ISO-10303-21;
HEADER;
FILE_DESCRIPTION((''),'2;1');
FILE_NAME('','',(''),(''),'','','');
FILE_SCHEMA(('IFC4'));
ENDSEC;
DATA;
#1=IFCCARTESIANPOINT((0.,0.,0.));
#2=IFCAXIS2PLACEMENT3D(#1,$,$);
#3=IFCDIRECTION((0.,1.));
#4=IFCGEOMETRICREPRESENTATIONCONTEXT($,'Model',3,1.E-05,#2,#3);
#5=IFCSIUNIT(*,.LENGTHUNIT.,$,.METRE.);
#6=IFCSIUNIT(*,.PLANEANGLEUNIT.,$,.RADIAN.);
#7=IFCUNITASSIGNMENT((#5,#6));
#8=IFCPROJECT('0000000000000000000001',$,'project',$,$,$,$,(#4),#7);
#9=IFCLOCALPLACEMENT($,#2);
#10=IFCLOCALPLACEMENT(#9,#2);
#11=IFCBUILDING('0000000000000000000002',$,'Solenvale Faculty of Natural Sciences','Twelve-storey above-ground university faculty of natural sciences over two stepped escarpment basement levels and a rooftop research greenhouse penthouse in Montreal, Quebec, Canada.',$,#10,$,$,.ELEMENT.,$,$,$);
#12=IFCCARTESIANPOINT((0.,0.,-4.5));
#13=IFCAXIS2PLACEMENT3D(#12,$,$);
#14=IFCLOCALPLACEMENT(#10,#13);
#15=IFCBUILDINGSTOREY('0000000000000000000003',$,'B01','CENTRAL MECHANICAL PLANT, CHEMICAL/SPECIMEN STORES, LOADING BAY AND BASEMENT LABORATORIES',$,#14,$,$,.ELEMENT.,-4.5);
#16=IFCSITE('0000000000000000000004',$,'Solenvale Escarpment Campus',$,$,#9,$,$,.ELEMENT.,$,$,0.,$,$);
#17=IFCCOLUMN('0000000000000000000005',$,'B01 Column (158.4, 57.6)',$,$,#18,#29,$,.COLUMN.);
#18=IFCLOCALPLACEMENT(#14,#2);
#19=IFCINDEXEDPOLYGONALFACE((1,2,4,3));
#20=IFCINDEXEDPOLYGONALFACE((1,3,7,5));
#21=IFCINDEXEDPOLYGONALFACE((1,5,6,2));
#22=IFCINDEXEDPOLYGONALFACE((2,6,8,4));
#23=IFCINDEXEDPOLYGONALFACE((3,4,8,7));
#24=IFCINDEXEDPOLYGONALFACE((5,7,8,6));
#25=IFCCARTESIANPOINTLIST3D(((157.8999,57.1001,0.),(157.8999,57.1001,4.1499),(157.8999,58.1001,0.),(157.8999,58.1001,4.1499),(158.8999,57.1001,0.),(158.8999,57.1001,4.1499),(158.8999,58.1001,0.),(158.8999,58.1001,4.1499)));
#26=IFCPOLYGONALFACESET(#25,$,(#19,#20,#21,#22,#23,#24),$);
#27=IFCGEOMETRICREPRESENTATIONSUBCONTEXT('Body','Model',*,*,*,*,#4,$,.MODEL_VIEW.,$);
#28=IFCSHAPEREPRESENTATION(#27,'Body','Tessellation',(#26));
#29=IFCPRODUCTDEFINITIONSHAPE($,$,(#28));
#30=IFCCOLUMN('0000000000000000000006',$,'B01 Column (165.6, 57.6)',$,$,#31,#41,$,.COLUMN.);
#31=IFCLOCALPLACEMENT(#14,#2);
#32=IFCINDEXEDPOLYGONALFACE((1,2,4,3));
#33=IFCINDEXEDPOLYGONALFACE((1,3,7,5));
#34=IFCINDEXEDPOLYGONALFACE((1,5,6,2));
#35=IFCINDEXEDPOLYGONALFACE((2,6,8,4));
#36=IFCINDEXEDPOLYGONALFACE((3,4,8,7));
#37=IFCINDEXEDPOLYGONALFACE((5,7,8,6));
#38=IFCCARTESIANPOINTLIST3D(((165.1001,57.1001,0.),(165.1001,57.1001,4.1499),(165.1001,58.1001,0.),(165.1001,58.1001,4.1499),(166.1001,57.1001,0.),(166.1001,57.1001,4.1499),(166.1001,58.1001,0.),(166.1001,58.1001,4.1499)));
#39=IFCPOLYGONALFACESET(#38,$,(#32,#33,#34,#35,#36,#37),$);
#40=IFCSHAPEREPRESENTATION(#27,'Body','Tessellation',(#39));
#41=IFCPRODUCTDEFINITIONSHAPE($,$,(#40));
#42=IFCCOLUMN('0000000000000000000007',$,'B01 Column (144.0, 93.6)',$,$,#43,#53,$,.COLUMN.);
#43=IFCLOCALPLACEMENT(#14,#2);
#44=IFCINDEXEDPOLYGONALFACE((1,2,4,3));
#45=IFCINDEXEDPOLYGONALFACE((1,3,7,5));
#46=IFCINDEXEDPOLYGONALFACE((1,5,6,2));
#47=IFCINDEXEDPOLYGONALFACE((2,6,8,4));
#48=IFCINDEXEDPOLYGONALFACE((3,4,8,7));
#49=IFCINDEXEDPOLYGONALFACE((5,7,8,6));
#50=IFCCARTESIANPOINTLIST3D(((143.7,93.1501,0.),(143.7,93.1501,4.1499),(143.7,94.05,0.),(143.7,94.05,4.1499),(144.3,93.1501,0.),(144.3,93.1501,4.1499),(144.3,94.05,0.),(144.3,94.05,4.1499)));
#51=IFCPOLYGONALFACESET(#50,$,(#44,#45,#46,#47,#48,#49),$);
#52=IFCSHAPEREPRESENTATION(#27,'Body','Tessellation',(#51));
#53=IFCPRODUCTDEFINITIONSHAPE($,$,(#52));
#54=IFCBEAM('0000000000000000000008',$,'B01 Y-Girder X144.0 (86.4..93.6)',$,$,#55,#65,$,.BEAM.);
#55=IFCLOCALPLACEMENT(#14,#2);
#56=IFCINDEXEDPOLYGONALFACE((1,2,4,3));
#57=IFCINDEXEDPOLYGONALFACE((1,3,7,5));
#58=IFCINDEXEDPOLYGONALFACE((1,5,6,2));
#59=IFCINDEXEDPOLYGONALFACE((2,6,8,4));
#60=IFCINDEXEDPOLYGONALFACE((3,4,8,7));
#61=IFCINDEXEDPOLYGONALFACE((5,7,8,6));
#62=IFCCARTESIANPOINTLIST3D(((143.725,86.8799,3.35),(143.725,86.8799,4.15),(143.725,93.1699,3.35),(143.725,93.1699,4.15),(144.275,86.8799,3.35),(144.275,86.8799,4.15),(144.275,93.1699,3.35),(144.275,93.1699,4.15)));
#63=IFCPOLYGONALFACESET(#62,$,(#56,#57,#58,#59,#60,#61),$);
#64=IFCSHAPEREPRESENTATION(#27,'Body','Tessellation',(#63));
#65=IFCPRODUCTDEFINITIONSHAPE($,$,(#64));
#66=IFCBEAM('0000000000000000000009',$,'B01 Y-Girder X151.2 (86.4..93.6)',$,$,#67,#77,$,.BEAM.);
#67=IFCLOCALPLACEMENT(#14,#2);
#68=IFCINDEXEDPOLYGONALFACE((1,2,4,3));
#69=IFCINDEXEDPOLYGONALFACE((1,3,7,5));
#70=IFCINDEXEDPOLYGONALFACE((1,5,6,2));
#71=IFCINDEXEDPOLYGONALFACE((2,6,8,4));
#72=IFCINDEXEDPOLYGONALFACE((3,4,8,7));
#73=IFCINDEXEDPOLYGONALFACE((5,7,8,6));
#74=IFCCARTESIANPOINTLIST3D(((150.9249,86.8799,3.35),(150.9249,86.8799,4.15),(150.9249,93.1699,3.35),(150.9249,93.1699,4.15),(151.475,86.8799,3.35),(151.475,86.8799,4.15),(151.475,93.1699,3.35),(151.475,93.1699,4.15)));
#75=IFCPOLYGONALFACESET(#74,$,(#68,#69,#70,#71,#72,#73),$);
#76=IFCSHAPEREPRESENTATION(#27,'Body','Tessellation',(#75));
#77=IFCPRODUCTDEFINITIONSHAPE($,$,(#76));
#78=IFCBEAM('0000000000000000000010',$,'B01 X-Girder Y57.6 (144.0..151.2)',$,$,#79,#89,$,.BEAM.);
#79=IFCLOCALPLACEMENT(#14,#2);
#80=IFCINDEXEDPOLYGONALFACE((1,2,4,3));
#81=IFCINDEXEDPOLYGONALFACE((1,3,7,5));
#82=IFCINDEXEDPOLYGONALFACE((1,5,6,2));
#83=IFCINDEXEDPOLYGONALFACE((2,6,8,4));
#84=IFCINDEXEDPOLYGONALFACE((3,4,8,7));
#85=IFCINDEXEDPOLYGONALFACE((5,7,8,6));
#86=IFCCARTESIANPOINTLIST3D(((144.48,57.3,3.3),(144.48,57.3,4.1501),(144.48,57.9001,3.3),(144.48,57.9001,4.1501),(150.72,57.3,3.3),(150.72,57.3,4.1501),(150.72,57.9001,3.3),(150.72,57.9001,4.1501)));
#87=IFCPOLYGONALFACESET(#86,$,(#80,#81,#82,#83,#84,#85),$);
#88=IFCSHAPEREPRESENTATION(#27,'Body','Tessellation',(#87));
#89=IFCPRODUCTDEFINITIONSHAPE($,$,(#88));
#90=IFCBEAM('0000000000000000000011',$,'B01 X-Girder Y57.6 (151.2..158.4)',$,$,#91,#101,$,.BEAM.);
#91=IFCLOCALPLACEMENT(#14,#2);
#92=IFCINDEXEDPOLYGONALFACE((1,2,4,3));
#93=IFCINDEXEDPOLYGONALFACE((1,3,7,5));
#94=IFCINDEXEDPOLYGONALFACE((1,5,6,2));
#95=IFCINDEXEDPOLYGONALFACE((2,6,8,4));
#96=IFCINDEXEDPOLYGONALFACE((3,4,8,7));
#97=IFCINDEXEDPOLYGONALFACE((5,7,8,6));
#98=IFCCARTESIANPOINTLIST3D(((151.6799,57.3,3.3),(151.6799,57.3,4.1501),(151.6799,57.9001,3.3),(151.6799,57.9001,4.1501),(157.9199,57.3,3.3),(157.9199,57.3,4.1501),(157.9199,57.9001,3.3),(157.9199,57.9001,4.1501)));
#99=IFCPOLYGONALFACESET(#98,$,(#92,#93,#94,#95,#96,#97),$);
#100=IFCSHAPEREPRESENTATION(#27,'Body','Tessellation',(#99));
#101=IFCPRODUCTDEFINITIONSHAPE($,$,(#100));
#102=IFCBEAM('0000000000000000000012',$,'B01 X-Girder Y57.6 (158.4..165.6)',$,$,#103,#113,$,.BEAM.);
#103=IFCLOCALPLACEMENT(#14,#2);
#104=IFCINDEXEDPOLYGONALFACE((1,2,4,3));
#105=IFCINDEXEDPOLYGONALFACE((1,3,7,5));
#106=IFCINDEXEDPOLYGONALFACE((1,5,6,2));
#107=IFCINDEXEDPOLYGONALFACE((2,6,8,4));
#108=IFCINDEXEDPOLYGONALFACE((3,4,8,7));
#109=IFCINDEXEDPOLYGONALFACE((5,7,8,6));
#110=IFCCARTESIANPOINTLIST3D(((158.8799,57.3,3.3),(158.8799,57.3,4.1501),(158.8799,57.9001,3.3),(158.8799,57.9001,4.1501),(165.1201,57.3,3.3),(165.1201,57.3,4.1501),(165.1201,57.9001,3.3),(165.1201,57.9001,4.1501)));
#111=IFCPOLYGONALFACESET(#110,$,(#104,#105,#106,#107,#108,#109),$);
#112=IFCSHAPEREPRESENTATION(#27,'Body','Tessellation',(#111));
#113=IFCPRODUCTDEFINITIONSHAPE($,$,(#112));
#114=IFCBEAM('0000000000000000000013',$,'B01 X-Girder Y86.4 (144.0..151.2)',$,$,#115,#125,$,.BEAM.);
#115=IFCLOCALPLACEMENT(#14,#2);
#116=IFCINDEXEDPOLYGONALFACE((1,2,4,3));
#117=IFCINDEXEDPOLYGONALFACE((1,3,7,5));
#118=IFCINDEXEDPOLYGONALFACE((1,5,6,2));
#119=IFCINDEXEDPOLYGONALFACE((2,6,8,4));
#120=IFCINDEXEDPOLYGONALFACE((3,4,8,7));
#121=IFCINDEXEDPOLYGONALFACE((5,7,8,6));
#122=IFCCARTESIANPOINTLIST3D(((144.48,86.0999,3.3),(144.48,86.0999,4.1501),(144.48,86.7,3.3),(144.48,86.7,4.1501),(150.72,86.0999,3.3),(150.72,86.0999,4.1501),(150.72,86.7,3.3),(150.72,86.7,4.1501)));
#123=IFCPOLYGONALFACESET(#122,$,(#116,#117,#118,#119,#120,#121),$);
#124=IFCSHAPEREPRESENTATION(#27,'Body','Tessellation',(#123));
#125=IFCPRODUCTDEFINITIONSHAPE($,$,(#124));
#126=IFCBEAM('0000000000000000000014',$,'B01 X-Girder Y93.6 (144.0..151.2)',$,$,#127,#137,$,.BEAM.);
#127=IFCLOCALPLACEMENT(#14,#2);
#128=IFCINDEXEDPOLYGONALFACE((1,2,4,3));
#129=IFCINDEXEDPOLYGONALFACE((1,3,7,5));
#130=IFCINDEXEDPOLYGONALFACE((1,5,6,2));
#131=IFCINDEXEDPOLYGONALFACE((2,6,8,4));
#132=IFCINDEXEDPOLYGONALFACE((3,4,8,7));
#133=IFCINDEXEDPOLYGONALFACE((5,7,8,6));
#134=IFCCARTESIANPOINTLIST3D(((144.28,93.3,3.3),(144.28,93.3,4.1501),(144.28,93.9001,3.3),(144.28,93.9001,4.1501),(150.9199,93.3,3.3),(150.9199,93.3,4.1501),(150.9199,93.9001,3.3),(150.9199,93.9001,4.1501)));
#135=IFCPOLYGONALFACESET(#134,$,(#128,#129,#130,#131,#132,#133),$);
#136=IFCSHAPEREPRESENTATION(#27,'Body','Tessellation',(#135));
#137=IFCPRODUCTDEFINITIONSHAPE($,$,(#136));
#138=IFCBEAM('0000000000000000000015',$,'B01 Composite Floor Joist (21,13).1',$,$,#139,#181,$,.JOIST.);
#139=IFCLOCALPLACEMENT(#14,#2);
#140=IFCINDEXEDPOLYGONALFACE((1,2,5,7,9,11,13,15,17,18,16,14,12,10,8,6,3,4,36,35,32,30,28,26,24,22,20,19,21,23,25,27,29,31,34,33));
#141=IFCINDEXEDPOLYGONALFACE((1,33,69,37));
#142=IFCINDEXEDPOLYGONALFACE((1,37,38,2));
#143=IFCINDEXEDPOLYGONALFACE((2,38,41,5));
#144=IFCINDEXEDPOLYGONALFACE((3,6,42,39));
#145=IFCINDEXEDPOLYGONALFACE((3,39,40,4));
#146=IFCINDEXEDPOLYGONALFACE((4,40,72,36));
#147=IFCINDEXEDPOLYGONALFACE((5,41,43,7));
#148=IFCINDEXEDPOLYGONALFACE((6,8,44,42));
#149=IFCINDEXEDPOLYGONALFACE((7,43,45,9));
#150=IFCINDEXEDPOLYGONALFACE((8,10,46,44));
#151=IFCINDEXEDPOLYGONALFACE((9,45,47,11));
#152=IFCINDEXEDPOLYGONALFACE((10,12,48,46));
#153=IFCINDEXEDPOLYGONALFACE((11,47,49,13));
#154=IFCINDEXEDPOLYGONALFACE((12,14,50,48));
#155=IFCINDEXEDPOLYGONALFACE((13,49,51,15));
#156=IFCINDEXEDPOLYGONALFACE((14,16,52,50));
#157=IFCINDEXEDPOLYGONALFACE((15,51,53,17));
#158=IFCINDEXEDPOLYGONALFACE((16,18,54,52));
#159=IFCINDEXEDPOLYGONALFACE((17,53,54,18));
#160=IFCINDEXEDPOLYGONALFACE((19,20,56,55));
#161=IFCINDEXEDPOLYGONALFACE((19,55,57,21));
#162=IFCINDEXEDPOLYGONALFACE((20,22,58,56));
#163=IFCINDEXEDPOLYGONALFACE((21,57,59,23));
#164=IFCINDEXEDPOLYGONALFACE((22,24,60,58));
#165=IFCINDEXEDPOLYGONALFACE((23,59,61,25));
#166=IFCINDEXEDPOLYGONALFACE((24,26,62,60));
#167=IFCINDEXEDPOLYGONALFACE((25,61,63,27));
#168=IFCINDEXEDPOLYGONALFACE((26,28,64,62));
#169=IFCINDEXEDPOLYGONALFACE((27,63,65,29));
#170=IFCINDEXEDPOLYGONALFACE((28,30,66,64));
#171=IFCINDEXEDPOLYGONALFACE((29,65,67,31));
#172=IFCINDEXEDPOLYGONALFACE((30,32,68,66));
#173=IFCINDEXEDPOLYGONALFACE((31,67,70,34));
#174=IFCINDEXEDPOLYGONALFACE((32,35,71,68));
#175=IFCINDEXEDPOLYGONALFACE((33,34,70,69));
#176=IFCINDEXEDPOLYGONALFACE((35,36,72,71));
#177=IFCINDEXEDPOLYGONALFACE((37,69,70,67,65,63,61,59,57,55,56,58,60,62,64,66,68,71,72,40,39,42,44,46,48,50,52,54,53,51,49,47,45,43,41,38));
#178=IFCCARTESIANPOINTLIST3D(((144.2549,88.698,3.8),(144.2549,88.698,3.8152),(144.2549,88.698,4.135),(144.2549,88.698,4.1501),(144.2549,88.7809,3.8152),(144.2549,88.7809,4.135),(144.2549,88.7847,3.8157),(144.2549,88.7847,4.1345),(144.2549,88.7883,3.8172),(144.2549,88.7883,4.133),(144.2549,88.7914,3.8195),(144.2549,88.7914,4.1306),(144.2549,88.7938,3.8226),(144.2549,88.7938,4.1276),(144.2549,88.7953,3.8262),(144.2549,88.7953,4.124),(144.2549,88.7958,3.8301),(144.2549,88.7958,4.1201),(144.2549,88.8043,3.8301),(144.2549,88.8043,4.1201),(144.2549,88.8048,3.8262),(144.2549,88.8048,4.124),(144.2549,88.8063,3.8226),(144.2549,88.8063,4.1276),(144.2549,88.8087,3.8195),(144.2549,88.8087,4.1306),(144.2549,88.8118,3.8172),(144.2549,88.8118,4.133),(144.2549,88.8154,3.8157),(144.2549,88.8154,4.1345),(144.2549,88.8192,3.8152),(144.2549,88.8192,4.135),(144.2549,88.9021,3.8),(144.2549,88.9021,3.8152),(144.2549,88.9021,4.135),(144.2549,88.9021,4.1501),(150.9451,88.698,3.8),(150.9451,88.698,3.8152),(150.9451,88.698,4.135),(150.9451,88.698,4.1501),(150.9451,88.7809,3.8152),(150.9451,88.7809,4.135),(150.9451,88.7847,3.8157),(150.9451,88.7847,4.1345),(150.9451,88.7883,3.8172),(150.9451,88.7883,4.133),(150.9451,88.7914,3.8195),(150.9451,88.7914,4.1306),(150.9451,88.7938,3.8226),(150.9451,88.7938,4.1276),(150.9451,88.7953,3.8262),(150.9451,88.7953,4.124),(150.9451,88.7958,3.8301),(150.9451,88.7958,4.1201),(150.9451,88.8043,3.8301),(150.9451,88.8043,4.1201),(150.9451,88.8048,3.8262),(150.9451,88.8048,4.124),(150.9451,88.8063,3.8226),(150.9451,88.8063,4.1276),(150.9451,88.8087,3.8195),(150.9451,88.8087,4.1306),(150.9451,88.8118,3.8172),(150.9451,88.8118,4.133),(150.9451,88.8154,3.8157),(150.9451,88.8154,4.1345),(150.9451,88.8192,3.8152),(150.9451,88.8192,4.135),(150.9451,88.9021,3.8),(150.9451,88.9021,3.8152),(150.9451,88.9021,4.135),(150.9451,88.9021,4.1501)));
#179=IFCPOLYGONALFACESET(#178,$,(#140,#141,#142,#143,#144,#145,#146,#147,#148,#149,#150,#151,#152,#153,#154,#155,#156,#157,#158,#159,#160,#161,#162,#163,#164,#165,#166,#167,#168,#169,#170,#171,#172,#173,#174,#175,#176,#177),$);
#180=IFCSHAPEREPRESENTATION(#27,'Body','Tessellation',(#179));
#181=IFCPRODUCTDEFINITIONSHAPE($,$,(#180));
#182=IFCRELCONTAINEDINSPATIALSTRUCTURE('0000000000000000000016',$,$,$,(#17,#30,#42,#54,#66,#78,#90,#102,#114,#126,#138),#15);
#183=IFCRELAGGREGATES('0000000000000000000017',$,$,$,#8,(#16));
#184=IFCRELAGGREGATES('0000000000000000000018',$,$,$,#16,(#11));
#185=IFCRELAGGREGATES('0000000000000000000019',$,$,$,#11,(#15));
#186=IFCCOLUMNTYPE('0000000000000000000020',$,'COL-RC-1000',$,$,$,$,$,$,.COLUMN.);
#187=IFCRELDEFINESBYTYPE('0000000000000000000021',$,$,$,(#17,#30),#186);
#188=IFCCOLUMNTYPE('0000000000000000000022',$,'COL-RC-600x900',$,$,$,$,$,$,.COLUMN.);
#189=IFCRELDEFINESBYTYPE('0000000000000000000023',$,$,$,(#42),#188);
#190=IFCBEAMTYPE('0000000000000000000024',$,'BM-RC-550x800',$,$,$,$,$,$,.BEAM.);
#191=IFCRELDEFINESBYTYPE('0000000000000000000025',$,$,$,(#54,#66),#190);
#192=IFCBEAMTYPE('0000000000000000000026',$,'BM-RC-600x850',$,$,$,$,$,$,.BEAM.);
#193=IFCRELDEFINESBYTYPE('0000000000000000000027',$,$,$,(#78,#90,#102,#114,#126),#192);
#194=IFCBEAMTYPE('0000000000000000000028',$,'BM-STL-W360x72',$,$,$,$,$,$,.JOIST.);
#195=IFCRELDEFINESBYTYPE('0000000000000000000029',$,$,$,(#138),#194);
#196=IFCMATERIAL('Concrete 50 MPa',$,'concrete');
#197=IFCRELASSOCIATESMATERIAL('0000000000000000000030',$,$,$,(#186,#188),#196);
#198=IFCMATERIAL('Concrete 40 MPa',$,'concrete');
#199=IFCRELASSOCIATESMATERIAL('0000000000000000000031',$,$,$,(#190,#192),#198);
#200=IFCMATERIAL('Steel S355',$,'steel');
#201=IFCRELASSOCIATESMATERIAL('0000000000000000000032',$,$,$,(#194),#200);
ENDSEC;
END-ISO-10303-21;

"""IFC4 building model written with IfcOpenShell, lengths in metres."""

from ifc_helpers import new_model, si_unit, direction, frame, origin, origin_2d, place, context, subcontext, project, spatial, rectangle, i_section, extrude, material, material_profile, profile_set, type_object, element, save


model = new_model("IFC4")

# Units and contexts
model_context = context("Model", 3, precision=1e-05, world=origin(), true_north=direction((0.0, 1.0)))
body_context = subcontext(model_context, "Body", "Model", "MODEL_VIEW")
ifc_project = project(units=[si_unit("LENGTHUNIT", "METRE"), si_unit("PLANEANGLEUNIT", "RADIAN")], contexts=[model_context])

# Site, building, storey
site_placement = place(None, origin())
site = spatial("IfcSite", under=ifc_project, at=site_placement, Name="Solenvale Escarpment Campus", CompositionType="ELEMENT", RefElevation=0.0)
building_placement = place(site_placement, origin())
building = spatial("IfcBuilding", under=site, at=building_placement, Name="Solenvale Faculty of Natural Sciences", Description="Twelve-storey above-ground university faculty of natural sciences over two stepped escarpment basement levels and a rooftop research greenhouse penthouse in Montreal, Quebec, Canada.", CompositionType="ELEMENT")
storey_placement = place(building_placement, frame((0.0, 0.0, -4.5)))
storey = spatial("IfcBuildingStorey", under=building, at=storey_placement, Name="B01", Description="CENTRAL MECHANICAL PLANT, CHEMICAL/SPECIMEN STORES, LOADING BAY AND BASEMENT LABORATORIES", CompositionType="ELEMENT", Elevation=-4.5)

# Shared definitions
ifc_material_1 = material(Name="Concrete 40 MPa", Category="concrete")

# Columns
ifc_material_2 = material(Name="Concrete 50 MPa", Category="concrete")
ifc_material_profile_1 = material_profile(ifc_material_2, rectangle(XDim=1.0, YDim=1.0, at=origin_2d()), Name="RC-COL-1000x1000")
ifc_profile_set_1 = profile_set([ifc_material_profile_1], Name="Concrete 50 MPa")
column_type_1 = type_object("IfcColumnType", Name="COL-RC-1000", PredefinedType="COLUMN", material=ifc_profile_set_1)
for number, where, z_axis, x_axis, name in (
    (1, (158.3999, 57.6001, 0.0), (0.0, 0.0, 1.0), (1.0, 0.0, 0.0), "B01 Column (158.4, 57.6)"),
    (2, (165.6001, 57.6001, 0.0), (0.0, 0.0, 1.0), (1.0, 0.0, 0.0), "B01 Column (165.6, 57.6)"),
):
    element("IfcColumn", number, at=place(storey_placement, frame(where, z_axis=z_axis, x_axis=x_axis)), inside=storey, type_object=column_type_1, Name=name, PredefinedType="COLUMN", context=body_context, shape_type="SweptSolid", body=[
        extrude(rectangle(XDim=1.0, YDim=1.0, at=origin_2d()), origin(), (0.0, 0.0, 1.0), 4.1499),
    ])
ifc_material_profile_2 = material_profile(ifc_material_2, rectangle(XDim=0.6001, YDim=0.8999, at=origin_2d()), Name="RC-COL-600x900")
ifc_profile_set_2 = profile_set([ifc_material_profile_2], Name="Concrete 50 MPa")
column_type_2 = type_object("IfcColumnType", Name="COL-RC-600x900", PredefinedType="COLUMN", material=ifc_profile_set_2)
column_placement = place(storey_placement, frame((144.0, 93.6001, 0.0), z_axis=(0.0, 0.0, 1.0), x_axis=(1.0, 0.0, 0.0)))
element("IfcColumn", 3, at=column_placement, inside=storey, type_object=column_type_2, Name="B01 Column (144.0, 93.6)", PredefinedType="COLUMN", context=body_context, shape_type="SweptSolid", body=[
    extrude(rectangle(XDim=0.6001, YDim=0.8999, at=origin_2d()), origin(), (0.0, 0.0, 1.0), 4.1499),
])

# Beams
ifc_material_profile_3 = material_profile(ifc_material_1, rectangle(XDim=0.55, YDim=0.8, at=origin_2d()), Name="RC-BM-550x800")
ifc_profile_set_3 = profile_set([ifc_material_profile_3], Name="Concrete 40 MPa")
beam_type_1 = type_object("IfcBeamType", Name="BM-RC-550x800", PredefinedType="BEAM", material=ifc_profile_set_3)
for number, where, z_axis, x_axis, name in (
    (4, (144.0, 86.8799, 3.75), (0.0, 1.0, 0.0), (-1.0, 0.0, 0.0), "B01 Y-Girder X144.0 (86.4..93.6)"),
    (5, (151.2, 86.8799, 3.75), (0.0, 1.0, 0.0), (-1.0, 0.0, 0.0), "B01 Y-Girder X151.2 (86.4..93.6)"),
):
    element("IfcBeam", number, at=place(storey_placement, frame(where, z_axis=z_axis, x_axis=x_axis)), inside=storey, type_object=beam_type_1, Name=name, PredefinedType="BEAM", context=body_context, shape_type="SweptSolid", body=[
        extrude(rectangle(XDim=0.55, YDim=0.8, at=origin_2d()), origin(), (0.0, 0.0, 1.0), 6.29),
    ])
ifc_material_profile_4 = material_profile(ifc_material_1, rectangle(XDim=0.6001, YDim=0.8501, at=origin_2d()), Name="RC-BM-600x850")
ifc_profile_set_4 = profile_set([ifc_material_profile_4], Name="Concrete 40 MPa")
beam_type_2 = type_object("IfcBeamType", Name="BM-RC-600x850", PredefinedType="BEAM", material=ifc_profile_set_4)
for number, where, z_axis, x_axis, name in (
    (6, (144.48, 57.6001, 3.7251), (1.0, 0.0, 0.0), (0.0, 1.0, 0.0), "B01 X-Girder Y57.6 (144.0..151.2)"),
    (7, (151.6799, 57.6001, 3.7251), (1.0, 0.0, 0.0), (0.0, 1.0, 0.0), "B01 X-Girder Y57.6 (151.2..158.4)"),
):
    element("IfcBeam", number, at=place(storey_placement, frame(where, z_axis=z_axis, x_axis=x_axis)), inside=storey, type_object=beam_type_2, Name=name, PredefinedType="BEAM", context=body_context, shape_type="SweptSolid", body=[
        extrude(rectangle(XDim=0.6001, YDim=0.8501, at=origin_2d()), origin(), (0.0, 0.0, 1.0), 6.24),
    ])
beam_1_placement = place(storey_placement, frame((158.8799, 57.6001, 3.7251), z_axis=(1.0, 0.0, 0.0), x_axis=(0.0, 1.0, 0.0)))
element("IfcBeam", 8, at=beam_1_placement, inside=storey, type_object=beam_type_2, Name="B01 X-Girder Y57.6 (158.4..165.6)", PredefinedType="BEAM", context=body_context, shape_type="SweptSolid", body=[
    extrude(rectangle(XDim=0.6001, YDim=0.8501, at=origin_2d()), origin(), (0.0, 0.0, 1.0), 6.2402),
])
beam_2_placement = place(storey_placement, frame((144.48, 86.3999, 3.7251), z_axis=(1.0, 0.0, 0.0), x_axis=(0.0, 1.0, 0.0)))
element("IfcBeam", 9, at=beam_2_placement, inside=storey, type_object=beam_type_2, Name="B01 X-Girder Y86.4 (144.0..151.2)", PredefinedType="BEAM", context=body_context, shape_type="SweptSolid", body=[
    extrude(rectangle(XDim=0.6001, YDim=0.8501, at=origin_2d()), origin(), (0.0, 0.0, 1.0), 6.24),
])
beam_3_placement = place(storey_placement, frame((144.28, 93.6001, 3.7251), z_axis=(1.0, 0.0, 0.0), x_axis=(0.0, 1.0, 0.0)))
element("IfcBeam", 10, at=beam_3_placement, inside=storey, type_object=beam_type_2, Name="B01 X-Girder Y93.6 (144.0..151.2)", PredefinedType="BEAM", context=body_context, shape_type="SweptSolid", body=[
    extrude(rectangle(XDim=0.6001, YDim=0.8501, at=origin_2d()), origin(), (0.0, 0.0, 1.0), 6.6399),
])
ifc_material_3 = material(Name="Steel S355", Category="steel")
ifc_material_profile_5 = material_profile(ifc_material_3, i_section(OverallWidth=0.2041, OverallDepth=0.3501, WebThickness=0.0085, FlangeThickness=0.0151, FilletRadius=0.0149, at=origin_2d()), Name="W360x72")
ifc_profile_set_5 = profile_set([ifc_material_profile_5], Name="Steel S355")
beam_type_3 = type_object("IfcBeamType", Name="BM-STL-W360x72", PredefinedType="JOIST", material=ifc_profile_set_5)
for number, where, z_axis, x_axis, name in (
    (11, (144.2549, 88.8, 3.9751), (1.0, 0.0, 0.0), (0.0, 1.0, 0.0), "B01 Composite Floor Joist (21,13).1"),
):
    element("IfcBeam", number, at=place(storey_placement, frame(where, z_axis=z_axis, x_axis=x_axis)), inside=storey, type_object=beam_type_3, Name=name, PredefinedType="JOIST", context=body_context, shape_type="SweptSolid", body=[
        extrude(i_section(OverallWidth=0.2041, OverallDepth=0.3501, WebThickness=0.0085, FlangeThickness=0.0151, FilletRadius=0.0149, at=origin_2d()), origin(), (0.0, 0.0, 1.0), 6.6902),
    ])

save(model, "model.ifc")
